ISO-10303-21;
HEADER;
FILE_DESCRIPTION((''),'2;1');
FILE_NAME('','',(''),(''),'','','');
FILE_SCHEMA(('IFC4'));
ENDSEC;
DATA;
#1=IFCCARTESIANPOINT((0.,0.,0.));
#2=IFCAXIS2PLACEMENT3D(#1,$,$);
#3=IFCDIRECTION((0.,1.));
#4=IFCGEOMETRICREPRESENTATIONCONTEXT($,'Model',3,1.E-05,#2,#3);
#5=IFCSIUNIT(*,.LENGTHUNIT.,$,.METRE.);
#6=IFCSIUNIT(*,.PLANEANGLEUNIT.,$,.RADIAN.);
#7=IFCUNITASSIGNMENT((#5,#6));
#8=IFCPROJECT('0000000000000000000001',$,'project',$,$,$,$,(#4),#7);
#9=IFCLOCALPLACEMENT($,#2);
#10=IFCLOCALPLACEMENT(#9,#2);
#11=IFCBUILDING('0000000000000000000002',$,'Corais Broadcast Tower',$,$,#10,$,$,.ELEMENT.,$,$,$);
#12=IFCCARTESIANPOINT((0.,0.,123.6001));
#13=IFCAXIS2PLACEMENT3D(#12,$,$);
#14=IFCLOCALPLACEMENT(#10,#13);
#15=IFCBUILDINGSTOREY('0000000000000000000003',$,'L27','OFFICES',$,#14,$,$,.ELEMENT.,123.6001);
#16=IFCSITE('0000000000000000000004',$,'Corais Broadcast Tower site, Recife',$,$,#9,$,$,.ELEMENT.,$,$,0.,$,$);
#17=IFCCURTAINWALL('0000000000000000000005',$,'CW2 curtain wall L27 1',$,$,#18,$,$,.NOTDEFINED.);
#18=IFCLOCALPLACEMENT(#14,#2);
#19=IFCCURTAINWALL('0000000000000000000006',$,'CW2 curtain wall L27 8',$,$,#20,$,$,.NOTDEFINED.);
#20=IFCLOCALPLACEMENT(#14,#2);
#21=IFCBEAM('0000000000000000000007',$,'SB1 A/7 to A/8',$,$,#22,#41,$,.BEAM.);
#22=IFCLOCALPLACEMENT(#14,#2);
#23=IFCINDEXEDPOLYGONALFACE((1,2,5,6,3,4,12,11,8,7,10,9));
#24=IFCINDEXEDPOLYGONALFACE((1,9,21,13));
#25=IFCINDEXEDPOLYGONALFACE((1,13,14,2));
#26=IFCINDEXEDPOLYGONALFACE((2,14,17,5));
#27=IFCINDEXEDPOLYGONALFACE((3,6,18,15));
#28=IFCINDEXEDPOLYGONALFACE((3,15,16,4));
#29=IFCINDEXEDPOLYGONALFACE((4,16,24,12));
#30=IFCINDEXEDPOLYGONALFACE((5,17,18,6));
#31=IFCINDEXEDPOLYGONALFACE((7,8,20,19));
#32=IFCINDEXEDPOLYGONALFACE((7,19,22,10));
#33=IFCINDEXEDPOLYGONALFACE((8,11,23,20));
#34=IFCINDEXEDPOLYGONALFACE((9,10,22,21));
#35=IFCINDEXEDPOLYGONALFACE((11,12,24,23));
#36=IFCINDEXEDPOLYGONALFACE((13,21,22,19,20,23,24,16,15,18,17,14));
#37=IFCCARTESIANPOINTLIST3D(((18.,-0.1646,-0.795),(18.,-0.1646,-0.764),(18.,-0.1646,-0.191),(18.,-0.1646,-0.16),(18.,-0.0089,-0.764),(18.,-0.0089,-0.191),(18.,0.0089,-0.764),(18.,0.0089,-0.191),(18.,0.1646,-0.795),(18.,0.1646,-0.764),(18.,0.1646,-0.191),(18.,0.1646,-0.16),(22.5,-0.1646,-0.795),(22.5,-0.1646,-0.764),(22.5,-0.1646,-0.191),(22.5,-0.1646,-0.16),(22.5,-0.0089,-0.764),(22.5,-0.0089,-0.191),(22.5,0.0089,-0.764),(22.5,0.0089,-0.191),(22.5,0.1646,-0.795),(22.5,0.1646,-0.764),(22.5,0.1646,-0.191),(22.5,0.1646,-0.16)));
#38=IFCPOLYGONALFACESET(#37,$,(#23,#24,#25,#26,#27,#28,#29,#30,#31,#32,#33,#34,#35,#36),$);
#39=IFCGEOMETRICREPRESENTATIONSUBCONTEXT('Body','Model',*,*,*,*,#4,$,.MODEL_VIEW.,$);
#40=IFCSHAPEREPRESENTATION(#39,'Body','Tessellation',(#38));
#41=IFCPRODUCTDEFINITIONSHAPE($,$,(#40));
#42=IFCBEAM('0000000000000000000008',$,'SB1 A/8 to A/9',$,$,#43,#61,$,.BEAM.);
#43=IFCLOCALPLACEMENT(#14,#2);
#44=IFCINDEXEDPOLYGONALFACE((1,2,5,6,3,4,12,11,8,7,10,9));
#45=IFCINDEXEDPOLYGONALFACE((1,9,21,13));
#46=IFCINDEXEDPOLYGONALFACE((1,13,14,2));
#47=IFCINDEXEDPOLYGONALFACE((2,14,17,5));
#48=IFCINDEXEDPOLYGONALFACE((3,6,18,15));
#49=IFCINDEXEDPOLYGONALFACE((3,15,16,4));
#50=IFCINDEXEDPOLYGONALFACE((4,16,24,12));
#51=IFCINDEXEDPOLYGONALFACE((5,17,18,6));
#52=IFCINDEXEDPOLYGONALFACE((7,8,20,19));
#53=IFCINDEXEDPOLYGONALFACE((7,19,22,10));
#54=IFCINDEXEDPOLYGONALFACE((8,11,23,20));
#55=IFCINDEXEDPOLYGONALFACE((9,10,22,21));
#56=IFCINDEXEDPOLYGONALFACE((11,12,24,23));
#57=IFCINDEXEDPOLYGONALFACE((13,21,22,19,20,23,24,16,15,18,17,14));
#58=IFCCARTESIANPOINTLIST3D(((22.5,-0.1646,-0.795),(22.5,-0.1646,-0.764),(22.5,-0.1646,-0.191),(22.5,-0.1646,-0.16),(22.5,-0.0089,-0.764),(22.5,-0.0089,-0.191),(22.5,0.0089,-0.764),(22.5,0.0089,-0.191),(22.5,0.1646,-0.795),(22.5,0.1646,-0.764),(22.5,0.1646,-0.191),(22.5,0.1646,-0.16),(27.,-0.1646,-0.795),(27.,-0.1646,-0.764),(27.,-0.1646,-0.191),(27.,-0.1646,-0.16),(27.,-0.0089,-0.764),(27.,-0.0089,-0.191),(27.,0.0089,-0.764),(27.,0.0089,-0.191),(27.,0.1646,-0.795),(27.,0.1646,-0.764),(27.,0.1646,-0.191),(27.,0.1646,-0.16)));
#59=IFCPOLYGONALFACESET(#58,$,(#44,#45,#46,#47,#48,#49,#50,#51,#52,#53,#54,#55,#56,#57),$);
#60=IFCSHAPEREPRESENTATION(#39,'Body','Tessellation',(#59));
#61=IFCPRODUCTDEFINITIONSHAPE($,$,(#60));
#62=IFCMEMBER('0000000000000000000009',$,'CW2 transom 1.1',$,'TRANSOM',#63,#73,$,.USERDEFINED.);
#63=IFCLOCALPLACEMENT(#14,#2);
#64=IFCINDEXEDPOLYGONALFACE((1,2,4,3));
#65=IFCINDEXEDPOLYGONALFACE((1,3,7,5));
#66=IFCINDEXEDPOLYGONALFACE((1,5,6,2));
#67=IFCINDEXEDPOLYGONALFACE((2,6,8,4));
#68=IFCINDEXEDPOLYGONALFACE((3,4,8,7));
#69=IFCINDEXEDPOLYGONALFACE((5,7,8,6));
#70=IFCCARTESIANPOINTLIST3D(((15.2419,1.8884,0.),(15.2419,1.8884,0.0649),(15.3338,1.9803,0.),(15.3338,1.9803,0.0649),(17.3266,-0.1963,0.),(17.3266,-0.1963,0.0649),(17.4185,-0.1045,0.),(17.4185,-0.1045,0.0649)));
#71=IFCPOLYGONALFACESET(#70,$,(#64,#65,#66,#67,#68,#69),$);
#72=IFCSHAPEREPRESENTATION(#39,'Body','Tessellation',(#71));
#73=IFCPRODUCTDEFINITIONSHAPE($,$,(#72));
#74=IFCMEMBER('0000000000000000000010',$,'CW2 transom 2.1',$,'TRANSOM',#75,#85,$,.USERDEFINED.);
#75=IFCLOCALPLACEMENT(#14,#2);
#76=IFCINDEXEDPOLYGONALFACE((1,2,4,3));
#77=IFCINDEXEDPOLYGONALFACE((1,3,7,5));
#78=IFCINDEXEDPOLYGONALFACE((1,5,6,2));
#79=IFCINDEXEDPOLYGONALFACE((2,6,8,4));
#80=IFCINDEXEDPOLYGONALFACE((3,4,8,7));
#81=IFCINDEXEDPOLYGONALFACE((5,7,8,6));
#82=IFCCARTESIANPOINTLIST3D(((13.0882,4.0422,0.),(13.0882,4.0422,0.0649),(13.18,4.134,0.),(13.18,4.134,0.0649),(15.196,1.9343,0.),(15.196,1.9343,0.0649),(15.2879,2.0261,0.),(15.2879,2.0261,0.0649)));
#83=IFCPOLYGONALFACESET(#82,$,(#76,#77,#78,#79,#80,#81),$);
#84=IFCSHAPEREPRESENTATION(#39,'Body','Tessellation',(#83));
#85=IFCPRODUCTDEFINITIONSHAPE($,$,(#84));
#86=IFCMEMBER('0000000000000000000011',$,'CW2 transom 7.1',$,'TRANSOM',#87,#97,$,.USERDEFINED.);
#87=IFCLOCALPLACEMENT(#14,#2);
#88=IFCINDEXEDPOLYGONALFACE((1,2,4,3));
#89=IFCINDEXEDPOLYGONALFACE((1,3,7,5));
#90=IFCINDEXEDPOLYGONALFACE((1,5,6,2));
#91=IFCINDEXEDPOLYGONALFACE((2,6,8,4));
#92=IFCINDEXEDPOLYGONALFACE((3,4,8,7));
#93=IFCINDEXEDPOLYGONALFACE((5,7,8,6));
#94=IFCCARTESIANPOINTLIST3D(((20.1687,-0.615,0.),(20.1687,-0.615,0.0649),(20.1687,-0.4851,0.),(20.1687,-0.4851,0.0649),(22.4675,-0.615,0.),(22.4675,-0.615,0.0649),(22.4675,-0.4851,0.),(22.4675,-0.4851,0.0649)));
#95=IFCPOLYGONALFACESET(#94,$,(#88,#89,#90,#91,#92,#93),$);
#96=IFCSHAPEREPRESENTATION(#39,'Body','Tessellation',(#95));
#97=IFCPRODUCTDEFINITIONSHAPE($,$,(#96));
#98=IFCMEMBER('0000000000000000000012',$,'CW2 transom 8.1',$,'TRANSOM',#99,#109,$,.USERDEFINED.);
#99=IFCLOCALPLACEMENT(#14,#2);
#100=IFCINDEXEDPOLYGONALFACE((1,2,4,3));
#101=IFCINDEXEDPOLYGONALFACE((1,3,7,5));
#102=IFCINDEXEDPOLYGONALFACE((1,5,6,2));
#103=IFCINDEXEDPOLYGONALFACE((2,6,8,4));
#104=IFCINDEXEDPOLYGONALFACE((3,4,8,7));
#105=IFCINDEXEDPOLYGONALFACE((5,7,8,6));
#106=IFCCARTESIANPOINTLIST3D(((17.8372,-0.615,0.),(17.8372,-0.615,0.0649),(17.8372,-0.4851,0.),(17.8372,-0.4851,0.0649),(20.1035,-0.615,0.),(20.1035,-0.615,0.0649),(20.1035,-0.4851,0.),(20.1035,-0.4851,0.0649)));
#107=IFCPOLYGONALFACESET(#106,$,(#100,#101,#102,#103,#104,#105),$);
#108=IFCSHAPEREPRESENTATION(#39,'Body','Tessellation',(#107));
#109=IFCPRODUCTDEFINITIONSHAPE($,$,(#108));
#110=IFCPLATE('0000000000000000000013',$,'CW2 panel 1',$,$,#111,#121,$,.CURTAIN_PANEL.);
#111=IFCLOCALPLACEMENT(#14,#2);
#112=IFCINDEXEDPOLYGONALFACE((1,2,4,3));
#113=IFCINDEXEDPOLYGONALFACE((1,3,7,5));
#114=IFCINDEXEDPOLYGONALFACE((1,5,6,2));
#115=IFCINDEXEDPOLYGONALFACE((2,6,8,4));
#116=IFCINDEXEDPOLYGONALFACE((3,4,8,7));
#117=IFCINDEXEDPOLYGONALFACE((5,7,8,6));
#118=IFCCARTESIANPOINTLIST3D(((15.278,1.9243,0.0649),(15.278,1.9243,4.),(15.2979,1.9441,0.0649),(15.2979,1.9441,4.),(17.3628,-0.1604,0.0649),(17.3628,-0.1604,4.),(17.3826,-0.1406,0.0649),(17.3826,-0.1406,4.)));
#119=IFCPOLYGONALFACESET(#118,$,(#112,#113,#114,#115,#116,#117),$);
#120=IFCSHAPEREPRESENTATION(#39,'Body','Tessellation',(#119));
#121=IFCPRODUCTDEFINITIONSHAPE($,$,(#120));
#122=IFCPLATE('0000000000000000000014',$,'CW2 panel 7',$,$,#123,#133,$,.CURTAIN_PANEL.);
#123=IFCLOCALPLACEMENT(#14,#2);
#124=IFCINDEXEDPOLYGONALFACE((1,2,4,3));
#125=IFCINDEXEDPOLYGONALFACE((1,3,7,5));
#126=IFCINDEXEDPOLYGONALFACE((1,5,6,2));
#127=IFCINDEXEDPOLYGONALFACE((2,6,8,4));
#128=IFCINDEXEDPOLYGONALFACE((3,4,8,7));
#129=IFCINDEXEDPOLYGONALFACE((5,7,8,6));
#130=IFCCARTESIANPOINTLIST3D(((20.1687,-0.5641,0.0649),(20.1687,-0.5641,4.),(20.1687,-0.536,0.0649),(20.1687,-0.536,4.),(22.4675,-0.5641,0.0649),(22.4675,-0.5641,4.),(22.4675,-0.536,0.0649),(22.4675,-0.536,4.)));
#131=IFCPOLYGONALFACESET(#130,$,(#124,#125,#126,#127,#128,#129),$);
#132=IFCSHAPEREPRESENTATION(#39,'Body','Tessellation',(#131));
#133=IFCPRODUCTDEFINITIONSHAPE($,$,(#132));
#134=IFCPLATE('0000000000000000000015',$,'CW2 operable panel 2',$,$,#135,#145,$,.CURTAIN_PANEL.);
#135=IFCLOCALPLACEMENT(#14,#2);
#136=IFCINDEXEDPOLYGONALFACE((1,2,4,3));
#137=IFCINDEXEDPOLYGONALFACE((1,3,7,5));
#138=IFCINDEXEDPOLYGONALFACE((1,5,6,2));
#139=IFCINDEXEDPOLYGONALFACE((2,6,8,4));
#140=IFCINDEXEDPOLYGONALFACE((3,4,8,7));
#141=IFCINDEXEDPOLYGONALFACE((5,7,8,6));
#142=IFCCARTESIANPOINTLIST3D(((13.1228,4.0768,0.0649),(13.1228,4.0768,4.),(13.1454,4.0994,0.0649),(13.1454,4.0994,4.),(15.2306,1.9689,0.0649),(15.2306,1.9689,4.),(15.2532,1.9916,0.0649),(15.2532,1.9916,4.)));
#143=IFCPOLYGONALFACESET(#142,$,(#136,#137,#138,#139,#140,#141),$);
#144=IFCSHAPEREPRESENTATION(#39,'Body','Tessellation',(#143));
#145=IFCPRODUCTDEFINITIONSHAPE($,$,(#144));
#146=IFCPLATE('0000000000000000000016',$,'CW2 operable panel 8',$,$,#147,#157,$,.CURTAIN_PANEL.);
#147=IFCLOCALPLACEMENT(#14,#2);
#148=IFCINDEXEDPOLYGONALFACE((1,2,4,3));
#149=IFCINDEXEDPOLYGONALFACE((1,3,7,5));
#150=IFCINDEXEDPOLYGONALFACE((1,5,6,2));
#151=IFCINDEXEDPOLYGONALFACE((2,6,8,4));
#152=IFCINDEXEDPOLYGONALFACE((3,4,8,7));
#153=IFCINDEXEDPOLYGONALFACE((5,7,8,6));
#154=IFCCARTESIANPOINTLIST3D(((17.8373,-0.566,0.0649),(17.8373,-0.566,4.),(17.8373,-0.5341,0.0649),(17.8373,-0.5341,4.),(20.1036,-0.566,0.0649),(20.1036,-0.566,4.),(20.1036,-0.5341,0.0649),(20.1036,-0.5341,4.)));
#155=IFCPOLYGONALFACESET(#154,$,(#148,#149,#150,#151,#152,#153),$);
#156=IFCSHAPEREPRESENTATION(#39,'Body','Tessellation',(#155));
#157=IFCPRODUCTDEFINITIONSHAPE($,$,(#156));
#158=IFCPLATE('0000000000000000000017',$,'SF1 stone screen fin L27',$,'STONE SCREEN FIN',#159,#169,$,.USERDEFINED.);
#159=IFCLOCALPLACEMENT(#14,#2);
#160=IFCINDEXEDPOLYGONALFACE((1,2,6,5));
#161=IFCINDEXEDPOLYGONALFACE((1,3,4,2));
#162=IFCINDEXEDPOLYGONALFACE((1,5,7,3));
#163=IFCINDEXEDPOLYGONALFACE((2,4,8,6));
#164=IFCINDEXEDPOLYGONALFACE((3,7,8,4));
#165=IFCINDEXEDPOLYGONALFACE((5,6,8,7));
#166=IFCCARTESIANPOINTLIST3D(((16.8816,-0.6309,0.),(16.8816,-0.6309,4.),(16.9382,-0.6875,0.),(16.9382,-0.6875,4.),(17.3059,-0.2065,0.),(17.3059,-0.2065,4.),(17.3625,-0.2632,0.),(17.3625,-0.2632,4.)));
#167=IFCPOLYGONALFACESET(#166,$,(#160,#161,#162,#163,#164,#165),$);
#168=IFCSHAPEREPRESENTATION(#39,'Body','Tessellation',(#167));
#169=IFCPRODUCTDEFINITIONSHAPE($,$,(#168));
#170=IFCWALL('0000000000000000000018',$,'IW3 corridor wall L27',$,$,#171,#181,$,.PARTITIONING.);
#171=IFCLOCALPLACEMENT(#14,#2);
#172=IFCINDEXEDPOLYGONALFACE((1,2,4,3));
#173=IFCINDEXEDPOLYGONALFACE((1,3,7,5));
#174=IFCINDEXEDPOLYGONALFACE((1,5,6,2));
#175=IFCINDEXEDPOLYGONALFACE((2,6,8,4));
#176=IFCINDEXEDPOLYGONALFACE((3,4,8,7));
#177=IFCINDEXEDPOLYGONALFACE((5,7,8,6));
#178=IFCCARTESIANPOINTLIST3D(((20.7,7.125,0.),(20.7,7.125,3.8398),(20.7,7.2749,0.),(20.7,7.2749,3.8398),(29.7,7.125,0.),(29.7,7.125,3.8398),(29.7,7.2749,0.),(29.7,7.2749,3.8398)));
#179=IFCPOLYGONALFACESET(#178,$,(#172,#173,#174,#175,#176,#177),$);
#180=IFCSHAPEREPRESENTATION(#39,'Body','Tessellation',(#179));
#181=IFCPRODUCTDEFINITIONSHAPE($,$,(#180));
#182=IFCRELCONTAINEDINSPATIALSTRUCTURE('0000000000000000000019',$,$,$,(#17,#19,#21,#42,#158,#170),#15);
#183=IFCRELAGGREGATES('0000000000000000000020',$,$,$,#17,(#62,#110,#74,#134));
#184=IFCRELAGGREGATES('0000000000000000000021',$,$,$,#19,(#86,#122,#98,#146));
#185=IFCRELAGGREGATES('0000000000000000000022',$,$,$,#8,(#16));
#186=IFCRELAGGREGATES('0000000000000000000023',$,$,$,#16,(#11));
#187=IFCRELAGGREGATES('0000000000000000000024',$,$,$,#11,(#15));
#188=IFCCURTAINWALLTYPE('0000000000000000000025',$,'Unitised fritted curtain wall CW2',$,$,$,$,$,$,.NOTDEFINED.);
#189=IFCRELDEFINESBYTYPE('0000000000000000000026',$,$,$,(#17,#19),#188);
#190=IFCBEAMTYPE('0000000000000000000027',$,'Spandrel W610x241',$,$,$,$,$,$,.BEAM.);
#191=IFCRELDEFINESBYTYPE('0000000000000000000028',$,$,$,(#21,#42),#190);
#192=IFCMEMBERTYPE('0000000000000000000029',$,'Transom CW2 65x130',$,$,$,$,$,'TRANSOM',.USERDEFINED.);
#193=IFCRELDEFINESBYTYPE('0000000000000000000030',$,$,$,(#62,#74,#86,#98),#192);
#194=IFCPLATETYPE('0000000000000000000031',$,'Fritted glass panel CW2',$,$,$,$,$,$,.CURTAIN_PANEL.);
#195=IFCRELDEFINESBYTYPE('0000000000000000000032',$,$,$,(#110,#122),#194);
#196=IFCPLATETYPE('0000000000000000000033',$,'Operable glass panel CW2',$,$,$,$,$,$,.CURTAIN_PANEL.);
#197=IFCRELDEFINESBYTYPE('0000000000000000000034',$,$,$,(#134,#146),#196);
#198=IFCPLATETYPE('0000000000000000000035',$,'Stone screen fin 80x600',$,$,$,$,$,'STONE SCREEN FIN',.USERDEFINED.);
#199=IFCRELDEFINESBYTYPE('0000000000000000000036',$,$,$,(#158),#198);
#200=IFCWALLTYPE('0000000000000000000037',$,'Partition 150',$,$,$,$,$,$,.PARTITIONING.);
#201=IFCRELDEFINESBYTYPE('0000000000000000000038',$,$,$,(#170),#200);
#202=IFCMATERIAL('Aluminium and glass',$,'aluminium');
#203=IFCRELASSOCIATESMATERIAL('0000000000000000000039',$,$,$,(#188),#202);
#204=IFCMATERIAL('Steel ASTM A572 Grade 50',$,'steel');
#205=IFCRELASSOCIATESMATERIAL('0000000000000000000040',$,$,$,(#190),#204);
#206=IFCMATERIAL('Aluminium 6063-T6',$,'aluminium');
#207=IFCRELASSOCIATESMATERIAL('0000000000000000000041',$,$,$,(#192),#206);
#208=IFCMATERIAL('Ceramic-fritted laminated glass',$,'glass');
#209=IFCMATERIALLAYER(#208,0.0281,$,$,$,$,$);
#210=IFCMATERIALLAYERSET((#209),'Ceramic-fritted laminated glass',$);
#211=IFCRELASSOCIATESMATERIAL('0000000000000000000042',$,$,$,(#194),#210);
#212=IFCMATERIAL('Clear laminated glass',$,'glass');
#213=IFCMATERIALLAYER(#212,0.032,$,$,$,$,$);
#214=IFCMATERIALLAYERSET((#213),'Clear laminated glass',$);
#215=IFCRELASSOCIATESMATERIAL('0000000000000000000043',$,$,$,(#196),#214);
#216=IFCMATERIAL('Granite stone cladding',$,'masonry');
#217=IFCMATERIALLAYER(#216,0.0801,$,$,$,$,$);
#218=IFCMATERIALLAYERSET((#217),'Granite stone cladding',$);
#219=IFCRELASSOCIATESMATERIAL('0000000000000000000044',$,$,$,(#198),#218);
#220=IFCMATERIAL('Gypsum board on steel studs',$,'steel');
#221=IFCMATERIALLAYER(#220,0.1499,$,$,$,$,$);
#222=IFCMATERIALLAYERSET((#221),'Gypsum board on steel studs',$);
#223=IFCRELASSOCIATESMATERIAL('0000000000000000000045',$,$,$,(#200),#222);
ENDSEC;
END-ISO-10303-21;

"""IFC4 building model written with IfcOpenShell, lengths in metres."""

from ifc_helpers import new_model, si_unit, direction, frame, frame_2d, origin, origin_2d, place, context, subcontext, project, spatial, rectangle, i_section, extrude, material, layer, layer_set, material_profile, profile_set, type_object, element, aggregate, save


model = new_model("IFC4")

# Units and contexts
model_context = context("Model", 3, precision=1e-05, world=origin(), true_north=direction((0.0, 1.0)))
body_context = subcontext(model_context, "Body", "Model", "MODEL_VIEW")
ifc_project = project(units=[si_unit("LENGTHUNIT", "METRE"), si_unit("PLANEANGLEUNIT", "RADIAN")], contexts=[model_context])

# Site, building, storey
site_placement = place(None, origin())
site = spatial("IfcSite", under=ifc_project, at=site_placement, Name="Corais Broadcast Tower site, Recife", CompositionType="ELEMENT", RefElevation=0.0)
building_placement = place(site_placement, origin())
building = spatial("IfcBuilding", under=site, at=building_placement, Name="Corais Broadcast Tower", CompositionType="ELEMENT")
storey_placement = place(building_placement, frame((0.0, 0.0, 123.6001)))
storey = spatial("IfcBuildingStorey", under=building, at=storey_placement, Name="L27", Description="OFFICES", CompositionType="ELEMENT", Elevation=123.6001)

# Curtain walls
ifc_material_1 = material(Name="Aluminium and glass", Category="aluminium")
curtain_wall_type = type_object("IfcCurtainWallType", Name="Unitised fritted curtain wall CW2", PredefinedType="NOTDEFINED", material=ifc_material_1)
curtain_wall_1_placement = place(storey_placement, origin())
curtain_wall_1 = element("IfcCurtainWall", 1, at=curtain_wall_1_placement, inside=storey, type_object=curtain_wall_type, Name="CW2 curtain wall L27 1", PredefinedType="NOTDEFINED")
curtain_wall_2_placement = place(storey_placement, origin())
curtain_wall_2 = element("IfcCurtainWall", 2, at=curtain_wall_2_placement, inside=storey, type_object=curtain_wall_type, Name="CW2 curtain wall L27 8", PredefinedType="NOTDEFINED")

# Beams
ifc_material_2 = material(Name="Steel ASTM A572 Grade 50", Category="steel")
ifc_material_profile_1 = material_profile(ifc_material_2, i_section(OverallWidth=0.3291, OverallDepth=0.635, WebThickness=0.0178, FlangeThickness=0.031, at=origin_2d()), Name="W610x241")
ifc_profile_set_1 = profile_set([ifc_material_profile_1], Name="Steel ASTM A572 Grade 50")
beam_type_1 = type_object("IfcBeamType", Name="Spandrel W610x241", PredefinedType="BEAM", material=ifc_profile_set_1)
for number, where, z_axis, x_axis, name in (
    (3, (18.0, 0.0, -0.4775), (1.0, 0.0, 0.0), (0.0, 1.0, 0.0), "SB1 A/7 to A/8"),
    (4, (22.5, 0.0, -0.4775), (1.0, 0.0, 0.0), (0.0, 1.0, 0.0), "SB1 A/8 to A/9"),
):
    element("IfcBeam", number, at=place(storey_placement, frame(where, z_axis=z_axis, x_axis=x_axis)), inside=storey, type_object=beam_type_1, Name=name, PredefinedType="BEAM", context=body_context, shape_type="SweptSolid", body=[
        extrude(i_section(OverallWidth=0.3291, OverallDepth=0.635, WebThickness=0.0178, FlangeThickness=0.031, at=origin_2d()), origin(), (0.0, 0.0, 1.0), 4.5),
    ])

# Members
ifc_material_3 = material(Name="Aluminium 6063-T6", Category="aluminium")
ifc_material_profile_2 = material_profile(ifc_material_3, rectangle(XDim=0.1299, YDim=0.0649, at=origin_2d()), Name="Transom CW2 65x130")
ifc_profile_set_2 = profile_set([ifc_material_profile_2], Name="Aluminium 6063-T6")
member_type_1 = type_object("IfcMemberType", Name="Transom CW2 65x130", ElementType="TRANSOM", PredefinedType="USERDEFINED", material=ifc_profile_set_2)
member_1_placement = place(storey_placement, frame((17.3726, -0.1504, 0.0325), z_axis=(-0.707107, 0.707107, 0.0), x_axis=(-0.707107, -0.707107, 0.0)))
member_1 = element("IfcMember", 5, at=member_1_placement, type_object=member_type_1, Name="CW2 transom 1.1", ObjectType="TRANSOM", PredefinedType="USERDEFINED", context=body_context, shape_type="SweptSolid", body=[
    extrude(rectangle(XDim=0.1299, YDim=0.0649, at=origin_2d()), origin(), (0.0, 0.0, 1.0), 2.9482),
])
member_2_placement = place(storey_placement, frame((15.2419, 1.9802, 0.0325), z_axis=(-0.707107, 0.707107, 0.0), x_axis=(-0.707107, -0.707107, 0.0)))
member_2 = element("IfcMember", 6, at=member_2_placement, type_object=member_type_1, Name="CW2 transom 2.1", ObjectType="TRANSOM", PredefinedType="USERDEFINED", context=body_context, shape_type="SweptSolid", body=[
    extrude(rectangle(XDim=0.1299, YDim=0.0649, at=origin_2d()), origin(), (0.0, 0.0, 1.0), 2.981),
])
member_3_placement = place(storey_placement, frame((22.4675, -0.55, 0.0325), z_axis=(-1.0, 0.0, 0.0), x_axis=(0.0, -1.0, 0.0)))
member_3 = element("IfcMember", 7, at=member_3_placement, type_object=member_type_1, Name="CW2 transom 7.1", ObjectType="TRANSOM", PredefinedType="USERDEFINED", context=body_context, shape_type="SweptSolid", body=[
    extrude(rectangle(XDim=0.1299, YDim=0.0649, at=origin_2d()), origin(), (0.0, 0.0, 1.0), 2.2988),
])
member_4_placement = place(storey_placement, frame((20.1035, -0.55, 0.0325), z_axis=(-1.0, 0.0, 0.0), x_axis=(0.0, -1.0, 0.0)))
member_4 = element("IfcMember", 8, at=member_4_placement, type_object=member_type_1, Name="CW2 transom 8.1", ObjectType="TRANSOM", PredefinedType="USERDEFINED", context=body_context, shape_type="SweptSolid", body=[
    extrude(rectangle(XDim=0.1299, YDim=0.0649, at=origin_2d()), origin(), (0.0, 0.0, 1.0), 2.2664),
])

# Plates
ifc_material_4 = material(Name="Ceramic-fritted laminated glass", Category="glass")
ifc_layer_1 = layer(ifc_material_4, 0.0281)
ifc_layer_set_1 = layer_set([ifc_layer_1], Name="Ceramic-fritted laminated glass")
plate_type_1 = type_object("IfcPlateType", Name="Fritted glass panel CW2", PredefinedType="CURTAIN_PANEL", material=ifc_layer_set_1)
plate_1_placement = place(storey_placement, frame((16.3303, 0.8918, 0.0649), z_axis=(0.0, 0.0, 1.0), x_axis=(-0.707107, 0.707107, 0.0)))
plate_1 = element("IfcPlate", 9, at=plate_1_placement, type_object=plate_type_1, Name="CW2 panel 1", PredefinedType="CURTAIN_PANEL", context=body_context, shape_type="SweptSolid", body=[
    extrude(rectangle(XDim=2.9482, YDim=0.0281, at=origin_2d()), origin(), (0.0, 0.0, 1.0), 3.9351),
])
plate_2_placement = place(storey_placement, frame((21.3181, -0.55, 0.0649), z_axis=(0.0, 0.0, 1.0), x_axis=(-1.0, 0.0, 0.0)))
plate_2 = element("IfcPlate", 10, at=plate_2_placement, type_object=plate_type_1, Name="CW2 panel 7", PredefinedType="CURTAIN_PANEL", context=body_context, shape_type="SweptSolid", body=[
    extrude(rectangle(XDim=2.2988, YDim=0.0281, at=origin_2d()), origin(), (0.0, 0.0, 1.0), 3.9351),
])
ifc_material_5 = material(Name="Clear laminated glass", Category="glass")
ifc_layer_2 = layer(ifc_material_5, 0.032)
ifc_layer_set_2 = layer_set([ifc_layer_2], Name="Clear laminated glass")
plate_type_2 = type_object("IfcPlateType", Name="Operable glass panel CW2", PredefinedType="CURTAIN_PANEL", material=ifc_layer_set_2)
plate_3_placement = place(storey_placement, frame((14.188, 3.0342, 0.0649), z_axis=(0.0, 0.0, 1.0), x_axis=(-0.707107, 0.707107, 0.0)))
plate_3 = element("IfcPlate", 11, at=plate_3_placement, type_object=plate_type_2, Name="CW2 operable panel 2", PredefinedType="CURTAIN_PANEL", context=body_context, shape_type="SweptSolid", body=[
    extrude(rectangle(XDim=2.981, YDim=0.032, at=origin_2d()), origin(), (0.0, 0.0, 1.0), 3.9351),
])
aggregate(curtain_wall_1, [member_1, plate_1, member_2, plate_3])
plate_4_placement = place(storey_placement, frame((18.9705, -0.55, 0.0649), z_axis=(0.0, 0.0, 1.0), x_axis=(-1.0, 0.0, 0.0)))
plate_4 = element("IfcPlate", 12, at=plate_4_placement, type_object=plate_type_2, Name="CW2 operable panel 8", PredefinedType="CURTAIN_PANEL", context=body_context, shape_type="SweptSolid", body=[
    extrude(rectangle(XDim=2.2664, YDim=0.032, at=origin_2d()), origin(), (0.0, 0.0, 1.0), 3.9351),
])
aggregate(curtain_wall_2, [member_3, plate_2, member_4, plate_4])
ifc_material_6 = material(Name="Granite stone cladding", Category="masonry")
ifc_layer_3 = layer(ifc_material_6, 0.0801)
ifc_layer_set_3 = layer_set([ifc_layer_3], Name="Granite stone cladding")
plate_type_3 = type_object("IfcPlateType", Name="Stone screen fin 80x600", ElementType="STONE SCREEN FIN", PredefinedType="USERDEFINED", material=ifc_layer_set_3)
plate_5_placement = place(storey_placement, frame((17.1221, -0.447, 0.0), z_axis=(0.0, 0.0, 1.0), x_axis=(-0.707107, 0.707107, 0.0)))
element("IfcPlate", 13, at=plate_5_placement, inside=storey, type_object=plate_type_3, Name="SF1 stone screen fin L27", ObjectType="STONE SCREEN FIN", PredefinedType="USERDEFINED", context=body_context, shape_type="SweptSolid", body=[
    extrude(rectangle(XDim=0.0801, YDim=0.6001, at=origin_2d()), origin(), (0.0, 0.0, 1.0), 4.0),
])

# Wall
ifc_material_7 = material(Name="Gypsum board on steel studs", Category="steel")
ifc_layer_4 = layer(ifc_material_7, 0.1499)
ifc_layer_set_4 = layer_set([ifc_layer_4], Name="Gypsum board on steel studs")
wall_type = type_object("IfcWallType", Name="Partition 150", PredefinedType="PARTITIONING", material=ifc_layer_set_4)
wall_1_placement = place(storey_placement, frame((20.7, 7.2, 0.0), z_axis=(0.0, 0.0, 1.0), x_axis=(1.0, 0.0, 0.0)))
element("IfcWall", 14, at=wall_1_placement, inside=storey, type_object=wall_type, Name="IW3 corridor wall L27", PredefinedType="PARTITIONING", context=body_context, shape_type="SweptSolid", body=[
    extrude(rectangle(XDim=9.0, YDim=0.1499, at=frame_2d((4.5, 0.0))), origin(), (0.0, 0.0, 1.0), 3.8398),
])

save(model, "model.ifc")
